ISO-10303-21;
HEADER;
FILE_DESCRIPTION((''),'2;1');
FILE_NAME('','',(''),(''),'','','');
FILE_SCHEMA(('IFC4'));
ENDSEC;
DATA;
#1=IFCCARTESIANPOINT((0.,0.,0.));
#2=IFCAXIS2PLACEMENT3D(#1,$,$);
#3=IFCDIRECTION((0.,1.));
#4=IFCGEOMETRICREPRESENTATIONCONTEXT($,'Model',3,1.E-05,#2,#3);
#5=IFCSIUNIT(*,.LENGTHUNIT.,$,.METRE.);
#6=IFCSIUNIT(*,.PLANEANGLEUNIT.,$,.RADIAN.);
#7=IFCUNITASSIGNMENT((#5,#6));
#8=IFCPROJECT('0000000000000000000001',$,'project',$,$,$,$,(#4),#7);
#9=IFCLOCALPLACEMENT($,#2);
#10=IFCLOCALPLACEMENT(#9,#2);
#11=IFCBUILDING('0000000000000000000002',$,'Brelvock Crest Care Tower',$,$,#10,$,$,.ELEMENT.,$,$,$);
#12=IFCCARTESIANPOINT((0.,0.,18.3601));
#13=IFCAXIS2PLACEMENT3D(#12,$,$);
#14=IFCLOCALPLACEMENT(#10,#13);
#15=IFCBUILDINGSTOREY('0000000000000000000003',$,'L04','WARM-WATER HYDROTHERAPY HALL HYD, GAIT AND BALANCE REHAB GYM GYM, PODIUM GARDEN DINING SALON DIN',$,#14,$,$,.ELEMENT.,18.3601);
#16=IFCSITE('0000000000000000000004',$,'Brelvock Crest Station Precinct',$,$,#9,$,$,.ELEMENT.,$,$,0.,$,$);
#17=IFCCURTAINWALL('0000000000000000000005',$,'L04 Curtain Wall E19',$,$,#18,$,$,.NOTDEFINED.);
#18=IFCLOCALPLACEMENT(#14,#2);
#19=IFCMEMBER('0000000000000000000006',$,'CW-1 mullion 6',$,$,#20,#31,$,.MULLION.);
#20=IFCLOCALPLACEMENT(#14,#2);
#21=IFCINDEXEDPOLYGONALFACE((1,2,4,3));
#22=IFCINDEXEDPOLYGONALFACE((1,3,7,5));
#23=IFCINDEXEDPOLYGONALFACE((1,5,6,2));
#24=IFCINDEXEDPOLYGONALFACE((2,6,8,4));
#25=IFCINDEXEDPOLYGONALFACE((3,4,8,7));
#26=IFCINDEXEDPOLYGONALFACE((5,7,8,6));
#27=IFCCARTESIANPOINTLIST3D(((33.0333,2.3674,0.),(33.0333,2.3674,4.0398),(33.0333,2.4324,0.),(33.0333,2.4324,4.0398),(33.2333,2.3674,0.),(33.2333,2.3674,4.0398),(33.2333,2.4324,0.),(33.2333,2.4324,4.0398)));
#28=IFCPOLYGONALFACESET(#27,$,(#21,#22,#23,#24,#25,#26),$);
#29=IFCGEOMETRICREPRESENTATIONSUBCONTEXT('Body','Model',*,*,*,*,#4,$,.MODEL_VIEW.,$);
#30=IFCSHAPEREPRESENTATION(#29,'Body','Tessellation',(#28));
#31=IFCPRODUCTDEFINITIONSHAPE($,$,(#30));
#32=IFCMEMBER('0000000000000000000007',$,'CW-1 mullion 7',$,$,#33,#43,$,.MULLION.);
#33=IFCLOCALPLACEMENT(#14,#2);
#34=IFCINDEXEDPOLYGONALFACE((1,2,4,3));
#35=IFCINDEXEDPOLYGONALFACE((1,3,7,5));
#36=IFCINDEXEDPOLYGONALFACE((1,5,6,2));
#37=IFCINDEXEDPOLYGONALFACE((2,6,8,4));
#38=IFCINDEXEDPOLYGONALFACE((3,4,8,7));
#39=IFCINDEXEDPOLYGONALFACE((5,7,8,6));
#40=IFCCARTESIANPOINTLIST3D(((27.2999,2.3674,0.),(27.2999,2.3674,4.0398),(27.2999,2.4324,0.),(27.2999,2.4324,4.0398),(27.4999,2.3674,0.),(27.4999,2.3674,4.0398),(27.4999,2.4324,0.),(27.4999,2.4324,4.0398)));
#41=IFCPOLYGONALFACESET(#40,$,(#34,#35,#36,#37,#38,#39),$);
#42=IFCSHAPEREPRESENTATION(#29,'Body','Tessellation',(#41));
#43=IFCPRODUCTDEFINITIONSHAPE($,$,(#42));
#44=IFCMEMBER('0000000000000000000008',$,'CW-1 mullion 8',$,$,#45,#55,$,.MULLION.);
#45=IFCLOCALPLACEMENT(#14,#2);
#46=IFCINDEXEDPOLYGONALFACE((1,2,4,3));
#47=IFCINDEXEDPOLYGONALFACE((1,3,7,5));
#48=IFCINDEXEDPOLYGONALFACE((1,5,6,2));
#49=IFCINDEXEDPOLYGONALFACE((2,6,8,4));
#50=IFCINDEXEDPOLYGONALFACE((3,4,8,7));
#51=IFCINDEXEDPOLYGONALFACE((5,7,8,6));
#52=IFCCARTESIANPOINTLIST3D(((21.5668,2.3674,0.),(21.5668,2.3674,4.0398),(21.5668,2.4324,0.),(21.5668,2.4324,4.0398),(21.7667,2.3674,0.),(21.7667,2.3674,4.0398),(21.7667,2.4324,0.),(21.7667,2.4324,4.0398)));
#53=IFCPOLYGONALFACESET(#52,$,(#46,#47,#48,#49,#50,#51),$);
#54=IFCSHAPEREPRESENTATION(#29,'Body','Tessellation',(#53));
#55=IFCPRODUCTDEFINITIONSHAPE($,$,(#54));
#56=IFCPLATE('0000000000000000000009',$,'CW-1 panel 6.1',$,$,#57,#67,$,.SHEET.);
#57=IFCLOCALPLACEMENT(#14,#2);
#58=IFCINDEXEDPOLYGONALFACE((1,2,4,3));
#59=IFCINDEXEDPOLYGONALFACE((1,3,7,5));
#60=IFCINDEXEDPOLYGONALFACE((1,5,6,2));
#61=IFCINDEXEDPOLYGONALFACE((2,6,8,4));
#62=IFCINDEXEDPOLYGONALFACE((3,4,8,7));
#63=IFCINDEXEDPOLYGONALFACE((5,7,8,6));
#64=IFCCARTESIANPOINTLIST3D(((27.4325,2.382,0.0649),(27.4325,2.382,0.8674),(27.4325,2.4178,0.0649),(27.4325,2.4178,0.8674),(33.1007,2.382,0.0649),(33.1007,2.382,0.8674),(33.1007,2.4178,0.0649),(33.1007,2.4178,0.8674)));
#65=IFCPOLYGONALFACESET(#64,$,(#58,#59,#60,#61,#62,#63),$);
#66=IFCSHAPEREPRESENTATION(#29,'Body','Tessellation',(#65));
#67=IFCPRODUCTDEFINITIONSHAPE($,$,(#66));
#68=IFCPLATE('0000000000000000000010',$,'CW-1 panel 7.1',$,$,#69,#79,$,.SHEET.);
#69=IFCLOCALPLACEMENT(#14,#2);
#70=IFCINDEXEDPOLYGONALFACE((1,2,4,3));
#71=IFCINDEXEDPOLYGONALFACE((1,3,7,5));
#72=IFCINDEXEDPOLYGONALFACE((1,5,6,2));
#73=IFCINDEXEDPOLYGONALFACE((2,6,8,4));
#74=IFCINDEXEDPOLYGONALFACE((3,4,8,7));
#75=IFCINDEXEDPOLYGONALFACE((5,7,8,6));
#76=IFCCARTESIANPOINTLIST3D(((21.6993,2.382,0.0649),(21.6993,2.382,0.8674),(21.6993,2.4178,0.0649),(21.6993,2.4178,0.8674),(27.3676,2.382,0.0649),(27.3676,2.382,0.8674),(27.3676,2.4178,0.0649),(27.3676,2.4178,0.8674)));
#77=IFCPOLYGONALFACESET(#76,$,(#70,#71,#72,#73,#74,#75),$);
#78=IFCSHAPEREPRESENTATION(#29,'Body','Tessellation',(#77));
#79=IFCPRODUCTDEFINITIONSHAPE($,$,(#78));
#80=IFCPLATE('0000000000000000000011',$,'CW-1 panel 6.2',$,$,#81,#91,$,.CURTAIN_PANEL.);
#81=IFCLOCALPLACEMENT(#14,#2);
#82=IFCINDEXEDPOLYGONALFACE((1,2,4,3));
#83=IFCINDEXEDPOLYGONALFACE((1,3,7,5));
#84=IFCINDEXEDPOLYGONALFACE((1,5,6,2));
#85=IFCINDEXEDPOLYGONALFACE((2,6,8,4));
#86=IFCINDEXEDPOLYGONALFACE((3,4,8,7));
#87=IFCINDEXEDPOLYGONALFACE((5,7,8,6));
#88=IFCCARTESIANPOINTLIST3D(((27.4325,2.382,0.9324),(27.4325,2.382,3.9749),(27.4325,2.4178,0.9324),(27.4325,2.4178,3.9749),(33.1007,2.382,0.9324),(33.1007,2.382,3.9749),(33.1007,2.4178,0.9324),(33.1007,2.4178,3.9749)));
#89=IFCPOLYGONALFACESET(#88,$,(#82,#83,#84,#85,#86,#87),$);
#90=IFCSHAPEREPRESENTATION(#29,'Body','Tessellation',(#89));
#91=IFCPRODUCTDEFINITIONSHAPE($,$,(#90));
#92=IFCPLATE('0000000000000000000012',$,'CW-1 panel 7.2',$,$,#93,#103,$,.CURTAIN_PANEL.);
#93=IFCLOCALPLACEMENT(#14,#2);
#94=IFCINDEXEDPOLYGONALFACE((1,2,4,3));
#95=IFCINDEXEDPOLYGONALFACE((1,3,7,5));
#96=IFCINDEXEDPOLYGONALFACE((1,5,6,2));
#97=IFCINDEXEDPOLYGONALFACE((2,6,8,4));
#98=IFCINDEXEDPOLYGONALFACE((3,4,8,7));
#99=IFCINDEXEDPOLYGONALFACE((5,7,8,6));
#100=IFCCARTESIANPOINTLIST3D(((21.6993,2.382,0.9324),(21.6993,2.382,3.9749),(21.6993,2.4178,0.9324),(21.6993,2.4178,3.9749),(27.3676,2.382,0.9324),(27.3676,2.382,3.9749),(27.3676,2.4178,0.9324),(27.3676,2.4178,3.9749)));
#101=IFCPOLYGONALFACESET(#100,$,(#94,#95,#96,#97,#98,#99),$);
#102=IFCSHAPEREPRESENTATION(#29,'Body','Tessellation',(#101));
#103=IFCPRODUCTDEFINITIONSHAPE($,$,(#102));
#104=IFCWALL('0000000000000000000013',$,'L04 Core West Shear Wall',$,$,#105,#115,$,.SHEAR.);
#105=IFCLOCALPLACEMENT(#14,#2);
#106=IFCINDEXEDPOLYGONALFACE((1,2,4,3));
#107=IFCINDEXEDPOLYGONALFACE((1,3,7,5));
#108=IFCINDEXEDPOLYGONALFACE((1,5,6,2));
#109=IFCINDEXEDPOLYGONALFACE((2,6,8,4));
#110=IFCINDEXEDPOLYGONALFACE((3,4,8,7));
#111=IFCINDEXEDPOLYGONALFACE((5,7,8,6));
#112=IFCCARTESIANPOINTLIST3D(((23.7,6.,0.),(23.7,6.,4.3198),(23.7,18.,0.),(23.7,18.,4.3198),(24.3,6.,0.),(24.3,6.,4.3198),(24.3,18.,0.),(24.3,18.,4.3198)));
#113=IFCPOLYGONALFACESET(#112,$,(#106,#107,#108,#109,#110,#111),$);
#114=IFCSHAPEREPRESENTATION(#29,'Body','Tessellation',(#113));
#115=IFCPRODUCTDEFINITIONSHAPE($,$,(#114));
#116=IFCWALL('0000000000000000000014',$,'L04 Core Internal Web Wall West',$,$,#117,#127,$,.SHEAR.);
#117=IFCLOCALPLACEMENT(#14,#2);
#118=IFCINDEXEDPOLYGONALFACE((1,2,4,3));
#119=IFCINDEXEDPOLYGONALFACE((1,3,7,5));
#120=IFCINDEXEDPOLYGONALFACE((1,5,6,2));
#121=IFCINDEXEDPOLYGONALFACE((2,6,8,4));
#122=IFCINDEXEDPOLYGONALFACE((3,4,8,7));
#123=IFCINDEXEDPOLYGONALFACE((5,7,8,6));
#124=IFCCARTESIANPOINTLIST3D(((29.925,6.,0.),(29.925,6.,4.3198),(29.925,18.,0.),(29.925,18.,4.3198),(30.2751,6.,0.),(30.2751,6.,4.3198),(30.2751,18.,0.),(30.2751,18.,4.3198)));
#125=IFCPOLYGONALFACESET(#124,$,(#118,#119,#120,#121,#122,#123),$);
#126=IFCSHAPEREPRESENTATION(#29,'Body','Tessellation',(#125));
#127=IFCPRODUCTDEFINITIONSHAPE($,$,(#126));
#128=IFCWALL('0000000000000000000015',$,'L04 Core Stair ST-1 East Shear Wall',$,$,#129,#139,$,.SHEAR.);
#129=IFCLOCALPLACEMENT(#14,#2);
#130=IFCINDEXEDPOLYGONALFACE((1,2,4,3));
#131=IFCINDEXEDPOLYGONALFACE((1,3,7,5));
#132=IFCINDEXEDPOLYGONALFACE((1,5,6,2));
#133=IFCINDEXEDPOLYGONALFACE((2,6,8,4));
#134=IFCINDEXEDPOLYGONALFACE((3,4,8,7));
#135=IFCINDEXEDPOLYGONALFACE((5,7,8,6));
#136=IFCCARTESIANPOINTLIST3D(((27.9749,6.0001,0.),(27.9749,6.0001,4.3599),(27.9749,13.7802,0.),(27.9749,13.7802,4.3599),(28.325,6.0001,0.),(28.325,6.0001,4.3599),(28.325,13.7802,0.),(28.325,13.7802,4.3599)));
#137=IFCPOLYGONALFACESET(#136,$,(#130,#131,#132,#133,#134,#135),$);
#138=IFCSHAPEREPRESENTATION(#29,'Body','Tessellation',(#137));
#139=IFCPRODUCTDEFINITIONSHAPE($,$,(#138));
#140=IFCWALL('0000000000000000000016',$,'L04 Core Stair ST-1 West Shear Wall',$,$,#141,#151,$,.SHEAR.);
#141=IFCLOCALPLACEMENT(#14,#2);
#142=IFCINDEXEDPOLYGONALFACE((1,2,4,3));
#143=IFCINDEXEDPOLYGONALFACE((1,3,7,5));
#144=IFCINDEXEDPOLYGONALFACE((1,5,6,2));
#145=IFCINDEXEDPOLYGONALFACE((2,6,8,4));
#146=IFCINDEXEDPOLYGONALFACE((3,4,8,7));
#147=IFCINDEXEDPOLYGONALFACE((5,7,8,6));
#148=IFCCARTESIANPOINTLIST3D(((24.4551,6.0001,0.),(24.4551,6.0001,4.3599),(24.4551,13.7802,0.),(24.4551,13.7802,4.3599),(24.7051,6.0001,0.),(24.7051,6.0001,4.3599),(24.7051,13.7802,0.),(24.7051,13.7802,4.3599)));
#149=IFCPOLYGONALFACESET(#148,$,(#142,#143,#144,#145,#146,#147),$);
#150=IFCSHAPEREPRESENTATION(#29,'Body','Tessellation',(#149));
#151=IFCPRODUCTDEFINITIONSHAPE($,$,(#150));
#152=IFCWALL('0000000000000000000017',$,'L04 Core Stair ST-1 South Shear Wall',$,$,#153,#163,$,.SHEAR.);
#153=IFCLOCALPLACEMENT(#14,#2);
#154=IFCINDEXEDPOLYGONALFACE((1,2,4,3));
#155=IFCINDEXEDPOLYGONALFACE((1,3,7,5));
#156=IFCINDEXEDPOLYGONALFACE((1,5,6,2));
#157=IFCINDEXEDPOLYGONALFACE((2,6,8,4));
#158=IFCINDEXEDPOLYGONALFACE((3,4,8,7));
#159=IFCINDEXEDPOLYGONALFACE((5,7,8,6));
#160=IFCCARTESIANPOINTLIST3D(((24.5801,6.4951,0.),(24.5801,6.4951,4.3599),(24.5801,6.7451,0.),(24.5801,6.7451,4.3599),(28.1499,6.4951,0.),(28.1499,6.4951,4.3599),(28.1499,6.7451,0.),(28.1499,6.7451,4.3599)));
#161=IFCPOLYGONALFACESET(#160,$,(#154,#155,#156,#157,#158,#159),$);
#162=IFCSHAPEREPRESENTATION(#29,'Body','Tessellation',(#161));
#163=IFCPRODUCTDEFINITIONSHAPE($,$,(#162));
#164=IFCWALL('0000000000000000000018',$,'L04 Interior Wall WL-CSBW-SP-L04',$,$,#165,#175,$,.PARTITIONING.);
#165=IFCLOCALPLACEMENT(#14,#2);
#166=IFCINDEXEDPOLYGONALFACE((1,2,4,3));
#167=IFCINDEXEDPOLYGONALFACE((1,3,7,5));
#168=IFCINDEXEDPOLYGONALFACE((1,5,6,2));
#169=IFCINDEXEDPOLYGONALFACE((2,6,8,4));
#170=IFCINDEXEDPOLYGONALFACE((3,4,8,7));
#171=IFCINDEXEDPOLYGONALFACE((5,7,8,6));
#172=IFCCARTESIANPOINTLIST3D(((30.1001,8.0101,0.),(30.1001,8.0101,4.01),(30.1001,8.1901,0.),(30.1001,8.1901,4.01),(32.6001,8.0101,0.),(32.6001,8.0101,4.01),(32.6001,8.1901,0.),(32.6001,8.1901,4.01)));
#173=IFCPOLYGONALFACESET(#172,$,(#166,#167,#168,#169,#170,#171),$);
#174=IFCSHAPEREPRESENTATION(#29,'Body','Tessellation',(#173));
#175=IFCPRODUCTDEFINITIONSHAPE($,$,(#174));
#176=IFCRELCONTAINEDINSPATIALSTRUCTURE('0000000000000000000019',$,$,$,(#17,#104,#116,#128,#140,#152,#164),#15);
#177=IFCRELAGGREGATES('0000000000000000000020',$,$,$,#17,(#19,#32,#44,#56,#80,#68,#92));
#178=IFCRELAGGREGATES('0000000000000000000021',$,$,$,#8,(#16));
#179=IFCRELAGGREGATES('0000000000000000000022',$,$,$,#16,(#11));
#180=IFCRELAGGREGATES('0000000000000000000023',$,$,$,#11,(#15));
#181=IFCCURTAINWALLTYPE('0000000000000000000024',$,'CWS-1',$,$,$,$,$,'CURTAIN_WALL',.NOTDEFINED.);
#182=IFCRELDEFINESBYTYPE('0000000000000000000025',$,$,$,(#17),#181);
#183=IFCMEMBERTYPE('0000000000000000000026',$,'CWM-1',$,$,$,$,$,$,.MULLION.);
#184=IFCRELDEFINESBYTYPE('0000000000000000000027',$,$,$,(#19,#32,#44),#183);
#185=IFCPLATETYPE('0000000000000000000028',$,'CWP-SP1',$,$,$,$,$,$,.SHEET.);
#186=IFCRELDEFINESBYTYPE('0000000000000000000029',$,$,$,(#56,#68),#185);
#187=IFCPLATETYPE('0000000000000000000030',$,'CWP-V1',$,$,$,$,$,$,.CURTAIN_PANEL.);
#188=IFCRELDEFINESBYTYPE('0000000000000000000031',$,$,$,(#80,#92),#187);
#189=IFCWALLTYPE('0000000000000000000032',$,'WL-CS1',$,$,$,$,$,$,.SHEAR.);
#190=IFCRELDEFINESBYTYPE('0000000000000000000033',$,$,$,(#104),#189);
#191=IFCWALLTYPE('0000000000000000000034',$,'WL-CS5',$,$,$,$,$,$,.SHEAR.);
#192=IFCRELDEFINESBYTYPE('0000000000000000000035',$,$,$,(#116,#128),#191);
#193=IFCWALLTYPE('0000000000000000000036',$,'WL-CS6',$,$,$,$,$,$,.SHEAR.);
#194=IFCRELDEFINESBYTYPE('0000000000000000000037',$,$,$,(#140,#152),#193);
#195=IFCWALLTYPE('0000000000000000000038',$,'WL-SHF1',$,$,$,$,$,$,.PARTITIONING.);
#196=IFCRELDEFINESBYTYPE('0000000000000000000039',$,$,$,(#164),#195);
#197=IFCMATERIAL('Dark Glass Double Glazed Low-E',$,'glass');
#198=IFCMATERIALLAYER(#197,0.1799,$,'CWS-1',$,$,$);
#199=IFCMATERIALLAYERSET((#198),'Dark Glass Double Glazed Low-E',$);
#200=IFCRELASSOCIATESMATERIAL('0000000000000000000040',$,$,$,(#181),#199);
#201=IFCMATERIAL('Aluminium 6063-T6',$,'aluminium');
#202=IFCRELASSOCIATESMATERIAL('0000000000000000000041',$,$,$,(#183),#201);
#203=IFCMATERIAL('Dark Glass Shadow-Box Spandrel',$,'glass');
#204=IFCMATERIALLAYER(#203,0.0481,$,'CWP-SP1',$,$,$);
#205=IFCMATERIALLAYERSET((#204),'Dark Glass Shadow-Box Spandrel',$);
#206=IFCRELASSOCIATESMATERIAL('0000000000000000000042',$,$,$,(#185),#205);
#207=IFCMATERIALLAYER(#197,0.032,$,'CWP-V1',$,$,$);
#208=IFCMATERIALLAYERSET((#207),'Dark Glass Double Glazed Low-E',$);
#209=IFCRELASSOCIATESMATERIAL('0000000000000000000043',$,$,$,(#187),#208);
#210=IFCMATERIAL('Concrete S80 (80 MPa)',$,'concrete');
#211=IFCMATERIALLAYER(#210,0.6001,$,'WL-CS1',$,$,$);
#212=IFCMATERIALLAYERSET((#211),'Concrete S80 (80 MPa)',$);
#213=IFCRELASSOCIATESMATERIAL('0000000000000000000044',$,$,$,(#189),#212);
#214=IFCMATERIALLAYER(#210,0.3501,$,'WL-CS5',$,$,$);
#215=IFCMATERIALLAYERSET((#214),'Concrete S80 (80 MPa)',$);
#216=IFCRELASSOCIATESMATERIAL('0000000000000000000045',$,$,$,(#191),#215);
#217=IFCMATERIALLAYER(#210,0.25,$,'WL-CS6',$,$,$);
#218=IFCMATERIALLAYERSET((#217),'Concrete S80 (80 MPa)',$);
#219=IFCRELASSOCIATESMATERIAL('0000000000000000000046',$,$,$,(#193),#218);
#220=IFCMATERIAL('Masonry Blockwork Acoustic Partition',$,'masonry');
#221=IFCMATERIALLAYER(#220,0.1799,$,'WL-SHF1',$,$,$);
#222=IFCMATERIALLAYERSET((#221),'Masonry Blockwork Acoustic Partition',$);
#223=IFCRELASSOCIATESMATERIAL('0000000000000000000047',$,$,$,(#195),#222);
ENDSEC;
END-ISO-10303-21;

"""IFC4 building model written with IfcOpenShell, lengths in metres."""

from ifc_helpers import new_model, si_unit, direction, frame, frame_2d, origin, origin_2d, place, context, subcontext, project, spatial, rectangle, extrude, source, transform, mapped, material, layer, layer_set, material_profile, profile_set, type_object, element, aggregate, save


model = new_model("IFC4")

# Units and contexts
model_context = context("Model", 3, precision=1e-05, world=origin(), true_north=direction((0.0, 1.0)))
body_context = subcontext(model_context, "Body", "Model", "MODEL_VIEW")
ifc_project = project(units=[si_unit("LENGTHUNIT", "METRE"), si_unit("PLANEANGLEUNIT", "RADIAN")], contexts=[model_context])

# Site, building, storey
site_placement = place(None, origin())
site = spatial("IfcSite", under=ifc_project, at=site_placement, Name="Brelvock Crest Station Precinct", CompositionType="ELEMENT", RefElevation=0.0)
building_placement = place(site_placement, origin())
building = spatial("IfcBuilding", under=site, at=building_placement, Name="Brelvock Crest Care Tower", CompositionType="ELEMENT")
storey_placement = place(building_placement, frame((0.0, 0.0, 18.3601)))
storey = spatial("IfcBuildingStorey", under=building, at=storey_placement, Name="L04", Description="WARM-WATER HYDROTHERAPY HALL HYD, GAIT AND BALANCE REHAB GYM GYM, PODIUM GARDEN DINING SALON DIN", CompositionType="ELEMENT", Elevation=18.3601)

# Shared definitions
ifc_material_1 = material(Name="Concrete S80 (80 MPa)", Category="concrete")

# Curtain wall, members, plates
ifc_material_2 = material(Name="Dark Glass Double Glazed Low-E", Category="glass")
ifc_layer_1 = layer(ifc_material_2, 0.1799, Name="CWS-1")
ifc_layer_set_1 = layer_set([ifc_layer_1], Name="Dark Glass Double Glazed Low-E")
curtain_wall_type = type_object("IfcCurtainWallType", Name="CWS-1", ElementType="CURTAIN_WALL", PredefinedType="NOTDEFINED", material=ifc_layer_set_1)
curtain_wall_placement = place(storey_placement, origin())
curtain_wall = element("IfcCurtainWall", 1, at=curtain_wall_placement, inside=storey, type_object=curtain_wall_type, Name="L04 Curtain Wall E19", PredefinedType="NOTDEFINED")
ifc_material_3 = material(Name="Aluminium 6063-T6", Category="aluminium")
ifc_material_profile_1 = material_profile(ifc_material_3, rectangle(XDim=0.0649, YDim=0.2, at=origin_2d()), Name="ALU65x200")
ifc_profile_set_1 = profile_set([ifc_material_profile_1], Name="Aluminium 6063-T6")
member_type_1 = type_object("IfcMemberType", Name="CWM-1", PredefinedType="MULLION", material=ifc_profile_set_1)
shared_shape_1 = source(origin(), body_context, "Body", "SweptSolid", [
    extrude(rectangle(XDim=0.0649, YDim=0.2, at=origin_2d()), origin(), (0.0, 0.0, 1.0), 4.0398),
])
member_1_placement = place(storey_placement, frame((33.1333, 2.3999, 0.0), z_axis=(0.0, 0.0, 1.0), x_axis=(0.0, -1.0, 0.0)))
member_1 = element("IfcMember", 2, at=member_1_placement, type_object=member_type_1, Name="CW-1 mullion 6", PredefinedType="MULLION", context=body_context, shape_type="MappedRepresentation", body=[
    mapped(shared_shape_1, transform((0.0, 0.0, 0.0), x_axis=(1.0, 0.0, 0.0), y_axis=(0.0, 1.0, 0.0), z_axis=(0.0, 0.0, 1.0), scale=1.0)),
])
member_2_placement = place(storey_placement, frame((27.3999, 2.3999, 0.0), z_axis=(0.0, 0.0, 1.0), x_axis=(0.0, -1.0, 0.0)))
member_2 = element("IfcMember", 3, at=member_2_placement, type_object=member_type_1, Name="CW-1 mullion 7", PredefinedType="MULLION", context=body_context, shape_type="MappedRepresentation", body=[
    mapped(shared_shape_1, transform((0.0, 0.0, 0.0), x_axis=(1.0, 0.0, 0.0), y_axis=(0.0, 1.0, 0.0), z_axis=(0.0, 0.0, 1.0), scale=1.0)),
])
member_3_placement = place(storey_placement, frame((21.6667, 2.3999, 0.0), z_axis=(0.0, 0.0, 1.0), x_axis=(0.0, -1.0, 0.0)))
member_3 = element("IfcMember", 4, at=member_3_placement, type_object=member_type_1, Name="CW-1 mullion 8", PredefinedType="MULLION", context=body_context, shape_type="MappedRepresentation", body=[
    mapped(shared_shape_1, transform((0.0, 0.0, 0.0), x_axis=(1.0, 0.0, 0.0), y_axis=(0.0, 1.0, 0.0), z_axis=(0.0, 0.0, 1.0), scale=1.0)),
])
ifc_material_4 = material(Name="Dark Glass Shadow-Box Spandrel", Category="glass")
ifc_layer_2 = layer(ifc_material_4, 0.0481, Name="CWP-SP1")
ifc_layer_set_2 = layer_set([ifc_layer_2], Name="Dark Glass Shadow-Box Spandrel")
plate_type_1 = type_object("IfcPlateType", Name="CWP-SP1", PredefinedType="SHEET", material=ifc_layer_set_2)
shared_shape_2 = source(origin(), body_context, "Body", "SweptSolid", [
    extrude(rectangle(XDim=5.6682, YDim=0.0359, at=origin_2d()), origin(), (0.0, 0.0, 1.0), 0.8025),
])
plate_1_placement = place(storey_placement, frame((30.2666, 2.3999, 0.0649), z_axis=(0.0, 0.0, 1.0), x_axis=(-1.0, 0.0, 0.0)))
plate_1 = element("IfcPlate", 5, at=plate_1_placement, type_object=plate_type_1, Name="CW-1 panel 6.1", PredefinedType="SHEET", context=body_context, shape_type="MappedRepresentation", body=[
    mapped(shared_shape_2, transform((0.0, 0.0, 0.0), x_axis=(1.0, 0.0, 0.0), y_axis=(0.0, 1.0, 0.0), z_axis=(0.0, 0.0, 1.0), scale=1.0)),
])
plate_2_placement = place(storey_placement, frame((24.5334, 2.3999, 0.0649), z_axis=(0.0, 0.0, 1.0), x_axis=(-1.0, 0.0, 0.0)))
plate_2 = element("IfcPlate", 6, at=plate_2_placement, type_object=plate_type_1, Name="CW-1 panel 7.1", PredefinedType="SHEET", context=body_context, shape_type="MappedRepresentation", body=[
    mapped(shared_shape_2, transform((0.0, 0.0, 0.0), x_axis=(1.0, 0.0, 0.0), y_axis=(0.0, 1.0, 0.0), z_axis=(0.0, 0.0, 1.0), scale=1.0)),
])
ifc_layer_3 = layer(ifc_material_2, 0.032, Name="CWP-V1")
ifc_layer_set_3 = layer_set([ifc_layer_3], Name="Dark Glass Double Glazed Low-E")
plate_type_2 = type_object("IfcPlateType", Name="CWP-V1", PredefinedType="CURTAIN_PANEL", material=ifc_layer_set_3)
shared_shape_3 = source(origin(), body_context, "Body", "SweptSolid", [
    extrude(rectangle(XDim=5.6682, YDim=0.0359, at=origin_2d()), origin(), (0.0, 0.0, 1.0), 3.0425),
])
plate_3_placement = place(storey_placement, frame((30.2666, 2.3999, 0.9324), z_axis=(0.0, 0.0, 1.0), x_axis=(-1.0, 0.0, 0.0)))
plate_3 = element("IfcPlate", 7, at=plate_3_placement, type_object=plate_type_2, Name="CW-1 panel 6.2", PredefinedType="CURTAIN_PANEL", context=body_context, shape_type="MappedRepresentation", body=[
    mapped(shared_shape_3, transform((0.0, 0.0, 0.0), x_axis=(1.0, 0.0, 0.0), y_axis=(0.0, 1.0, 0.0), z_axis=(0.0, 0.0, 1.0), scale=1.0)),
])
plate_4_placement = place(storey_placement, frame((24.5334, 2.3999, 0.9324), z_axis=(0.0, 0.0, 1.0), x_axis=(-1.0, 0.0, 0.0)))
plate_4 = element("IfcPlate", 8, at=plate_4_placement, type_object=plate_type_2, Name="CW-1 panel 7.2", PredefinedType="CURTAIN_PANEL", context=body_context, shape_type="MappedRepresentation", body=[
    mapped(shared_shape_3, transform((0.0, 0.0, 0.0), x_axis=(1.0, 0.0, 0.0), y_axis=(0.0, 1.0, 0.0), z_axis=(0.0, 0.0, 1.0), scale=1.0)),
])
aggregate(curtain_wall, [member_1, member_2, member_3, plate_1, plate_3, plate_2, plate_4])

# Walls
ifc_layer_4 = layer(ifc_material_1, 0.6001, Name="WL-CS1")
ifc_layer_set_4 = layer_set([ifc_layer_4], Name="Concrete S80 (80 MPa)")
wall_type_1 = type_object("IfcWallType", Name="WL-CS1", PredefinedType="SHEAR", material=ifc_layer_set_4)
wall_1_placement = place(storey_placement, frame((24.0, 6.0, 0.0), z_axis=(0.0, 0.0, 1.0), x_axis=(0.0, 1.0, 0.0)))
element("IfcWall", 9, at=wall_1_placement, inside=storey, type_object=wall_type_1, Name="L04 Core West Shear Wall", PredefinedType="SHEAR", context=body_context, shape_type="SweptSolid", body=[
    extrude(rectangle(XDim=12.0, YDim=0.6001, at=frame_2d((6.0, 0.0))), origin(), (0.0, 0.0, 1.0), 4.3198),
])
ifc_layer_5 = layer(ifc_material_1, 0.3501, Name="WL-CS5")
ifc_layer_set_5 = layer_set([ifc_layer_5], Name="Concrete S80 (80 MPa)")
wall_type_2 = type_object("IfcWallType", Name="WL-CS5", PredefinedType="SHEAR", material=ifc_layer_set_5)
wall_2_placement = place(storey_placement, frame((30.1001, 6.0, 0.0), z_axis=(0.0, 0.0, 1.0), x_axis=(0.0, 1.0, 0.0)))
element("IfcWall", 10, at=wall_2_placement, inside=storey, type_object=wall_type_2, Name="L04 Core Internal Web Wall West", PredefinedType="SHEAR", context=body_context, shape_type="SweptSolid", body=[
    extrude(rectangle(XDim=12.0, YDim=0.3501, at=frame_2d((6.0, 0.0))), origin(), (0.0, 0.0, 1.0), 4.3198),
])
wall_3_placement = place(storey_placement, frame((28.1499, 6.0, 0.0), z_axis=(0.0, 0.0, 1.0), x_axis=(0.0, 1.0, 0.0)))
element("IfcWall", 11, at=wall_3_placement, inside=storey, type_object=wall_type_2, Name="L04 Core Stair ST-1 East Shear Wall", PredefinedType="SHEAR", context=body_context, shape_type="SweptSolid", body=[
    extrude(rectangle(XDim=7.78, YDim=0.3501, at=frame_2d((3.8901, 0.0))), origin(), (0.0, 0.0, 1.0), 4.3599),
])
ifc_layer_6 = layer(ifc_material_1, 0.25, Name="WL-CS6")
ifc_layer_set_6 = layer_set([ifc_layer_6], Name="Concrete S80 (80 MPa)")
wall_type_3 = type_object("IfcWallType", Name="WL-CS6", PredefinedType="SHEAR", material=ifc_layer_set_6)
wall_4_placement = place(storey_placement, frame((24.5801, 6.0, 0.0), z_axis=(0.0, 0.0, 1.0), x_axis=(0.0, 1.0, 0.0)))
element("IfcWall", 12, at=wall_4_placement, inside=storey, type_object=wall_type_3, Name="L04 Core Stair ST-1 West Shear Wall", PredefinedType="SHEAR", context=body_context, shape_type="SweptSolid", body=[
    extrude(rectangle(XDim=7.78, YDim=0.25, at=frame_2d((3.8901, 0.0))), origin(), (0.0, 0.0, 1.0), 4.3599),
])
wall_5_placement = place(storey_placement, frame((24.5801, 6.6201, 0.0), z_axis=(0.0, 0.0, 1.0), x_axis=(1.0, 0.0, 0.0)))
element("IfcWall", 13, at=wall_5_placement, inside=storey, type_object=wall_type_3, Name="L04 Core Stair ST-1 South Shear Wall", PredefinedType="SHEAR", context=body_context, shape_type="SweptSolid", body=[
    extrude(rectangle(XDim=3.5698, YDim=0.25, at=frame_2d((1.7849, 0.0))), origin(), (0.0, 0.0, 1.0), 4.3599),
])
ifc_material_5 = material(Name="Masonry Blockwork Acoustic Partition", Category="masonry")
ifc_layer_7 = layer(ifc_material_5, 0.1799, Name="WL-SHF1")
ifc_layer_set_7 = layer_set([ifc_layer_7], Name="Masonry Blockwork Acoustic Partition")
wall_type_4 = type_object("IfcWallType", Name="WL-SHF1", PredefinedType="PARTITIONING", material=ifc_layer_set_7)
wall_6_placement = place(storey_placement, frame((30.1001, 8.1001, 0.0), z_axis=(0.0, 0.0, 1.0), x_axis=(1.0, 0.0, 0.0)))
element("IfcWall", 14, at=wall_6_placement, inside=storey, type_object=wall_type_4, Name="L04 Interior Wall WL-CSBW-SP-L04", PredefinedType="PARTITIONING", context=body_context, shape_type="SweptSolid", body=[
    extrude(rectangle(XDim=2.5, YDim=0.1799, at=frame_2d((1.25, 0.0))), origin(), (0.0, 0.0, 1.0), 4.01),
])

save(model, "model.ifc")
